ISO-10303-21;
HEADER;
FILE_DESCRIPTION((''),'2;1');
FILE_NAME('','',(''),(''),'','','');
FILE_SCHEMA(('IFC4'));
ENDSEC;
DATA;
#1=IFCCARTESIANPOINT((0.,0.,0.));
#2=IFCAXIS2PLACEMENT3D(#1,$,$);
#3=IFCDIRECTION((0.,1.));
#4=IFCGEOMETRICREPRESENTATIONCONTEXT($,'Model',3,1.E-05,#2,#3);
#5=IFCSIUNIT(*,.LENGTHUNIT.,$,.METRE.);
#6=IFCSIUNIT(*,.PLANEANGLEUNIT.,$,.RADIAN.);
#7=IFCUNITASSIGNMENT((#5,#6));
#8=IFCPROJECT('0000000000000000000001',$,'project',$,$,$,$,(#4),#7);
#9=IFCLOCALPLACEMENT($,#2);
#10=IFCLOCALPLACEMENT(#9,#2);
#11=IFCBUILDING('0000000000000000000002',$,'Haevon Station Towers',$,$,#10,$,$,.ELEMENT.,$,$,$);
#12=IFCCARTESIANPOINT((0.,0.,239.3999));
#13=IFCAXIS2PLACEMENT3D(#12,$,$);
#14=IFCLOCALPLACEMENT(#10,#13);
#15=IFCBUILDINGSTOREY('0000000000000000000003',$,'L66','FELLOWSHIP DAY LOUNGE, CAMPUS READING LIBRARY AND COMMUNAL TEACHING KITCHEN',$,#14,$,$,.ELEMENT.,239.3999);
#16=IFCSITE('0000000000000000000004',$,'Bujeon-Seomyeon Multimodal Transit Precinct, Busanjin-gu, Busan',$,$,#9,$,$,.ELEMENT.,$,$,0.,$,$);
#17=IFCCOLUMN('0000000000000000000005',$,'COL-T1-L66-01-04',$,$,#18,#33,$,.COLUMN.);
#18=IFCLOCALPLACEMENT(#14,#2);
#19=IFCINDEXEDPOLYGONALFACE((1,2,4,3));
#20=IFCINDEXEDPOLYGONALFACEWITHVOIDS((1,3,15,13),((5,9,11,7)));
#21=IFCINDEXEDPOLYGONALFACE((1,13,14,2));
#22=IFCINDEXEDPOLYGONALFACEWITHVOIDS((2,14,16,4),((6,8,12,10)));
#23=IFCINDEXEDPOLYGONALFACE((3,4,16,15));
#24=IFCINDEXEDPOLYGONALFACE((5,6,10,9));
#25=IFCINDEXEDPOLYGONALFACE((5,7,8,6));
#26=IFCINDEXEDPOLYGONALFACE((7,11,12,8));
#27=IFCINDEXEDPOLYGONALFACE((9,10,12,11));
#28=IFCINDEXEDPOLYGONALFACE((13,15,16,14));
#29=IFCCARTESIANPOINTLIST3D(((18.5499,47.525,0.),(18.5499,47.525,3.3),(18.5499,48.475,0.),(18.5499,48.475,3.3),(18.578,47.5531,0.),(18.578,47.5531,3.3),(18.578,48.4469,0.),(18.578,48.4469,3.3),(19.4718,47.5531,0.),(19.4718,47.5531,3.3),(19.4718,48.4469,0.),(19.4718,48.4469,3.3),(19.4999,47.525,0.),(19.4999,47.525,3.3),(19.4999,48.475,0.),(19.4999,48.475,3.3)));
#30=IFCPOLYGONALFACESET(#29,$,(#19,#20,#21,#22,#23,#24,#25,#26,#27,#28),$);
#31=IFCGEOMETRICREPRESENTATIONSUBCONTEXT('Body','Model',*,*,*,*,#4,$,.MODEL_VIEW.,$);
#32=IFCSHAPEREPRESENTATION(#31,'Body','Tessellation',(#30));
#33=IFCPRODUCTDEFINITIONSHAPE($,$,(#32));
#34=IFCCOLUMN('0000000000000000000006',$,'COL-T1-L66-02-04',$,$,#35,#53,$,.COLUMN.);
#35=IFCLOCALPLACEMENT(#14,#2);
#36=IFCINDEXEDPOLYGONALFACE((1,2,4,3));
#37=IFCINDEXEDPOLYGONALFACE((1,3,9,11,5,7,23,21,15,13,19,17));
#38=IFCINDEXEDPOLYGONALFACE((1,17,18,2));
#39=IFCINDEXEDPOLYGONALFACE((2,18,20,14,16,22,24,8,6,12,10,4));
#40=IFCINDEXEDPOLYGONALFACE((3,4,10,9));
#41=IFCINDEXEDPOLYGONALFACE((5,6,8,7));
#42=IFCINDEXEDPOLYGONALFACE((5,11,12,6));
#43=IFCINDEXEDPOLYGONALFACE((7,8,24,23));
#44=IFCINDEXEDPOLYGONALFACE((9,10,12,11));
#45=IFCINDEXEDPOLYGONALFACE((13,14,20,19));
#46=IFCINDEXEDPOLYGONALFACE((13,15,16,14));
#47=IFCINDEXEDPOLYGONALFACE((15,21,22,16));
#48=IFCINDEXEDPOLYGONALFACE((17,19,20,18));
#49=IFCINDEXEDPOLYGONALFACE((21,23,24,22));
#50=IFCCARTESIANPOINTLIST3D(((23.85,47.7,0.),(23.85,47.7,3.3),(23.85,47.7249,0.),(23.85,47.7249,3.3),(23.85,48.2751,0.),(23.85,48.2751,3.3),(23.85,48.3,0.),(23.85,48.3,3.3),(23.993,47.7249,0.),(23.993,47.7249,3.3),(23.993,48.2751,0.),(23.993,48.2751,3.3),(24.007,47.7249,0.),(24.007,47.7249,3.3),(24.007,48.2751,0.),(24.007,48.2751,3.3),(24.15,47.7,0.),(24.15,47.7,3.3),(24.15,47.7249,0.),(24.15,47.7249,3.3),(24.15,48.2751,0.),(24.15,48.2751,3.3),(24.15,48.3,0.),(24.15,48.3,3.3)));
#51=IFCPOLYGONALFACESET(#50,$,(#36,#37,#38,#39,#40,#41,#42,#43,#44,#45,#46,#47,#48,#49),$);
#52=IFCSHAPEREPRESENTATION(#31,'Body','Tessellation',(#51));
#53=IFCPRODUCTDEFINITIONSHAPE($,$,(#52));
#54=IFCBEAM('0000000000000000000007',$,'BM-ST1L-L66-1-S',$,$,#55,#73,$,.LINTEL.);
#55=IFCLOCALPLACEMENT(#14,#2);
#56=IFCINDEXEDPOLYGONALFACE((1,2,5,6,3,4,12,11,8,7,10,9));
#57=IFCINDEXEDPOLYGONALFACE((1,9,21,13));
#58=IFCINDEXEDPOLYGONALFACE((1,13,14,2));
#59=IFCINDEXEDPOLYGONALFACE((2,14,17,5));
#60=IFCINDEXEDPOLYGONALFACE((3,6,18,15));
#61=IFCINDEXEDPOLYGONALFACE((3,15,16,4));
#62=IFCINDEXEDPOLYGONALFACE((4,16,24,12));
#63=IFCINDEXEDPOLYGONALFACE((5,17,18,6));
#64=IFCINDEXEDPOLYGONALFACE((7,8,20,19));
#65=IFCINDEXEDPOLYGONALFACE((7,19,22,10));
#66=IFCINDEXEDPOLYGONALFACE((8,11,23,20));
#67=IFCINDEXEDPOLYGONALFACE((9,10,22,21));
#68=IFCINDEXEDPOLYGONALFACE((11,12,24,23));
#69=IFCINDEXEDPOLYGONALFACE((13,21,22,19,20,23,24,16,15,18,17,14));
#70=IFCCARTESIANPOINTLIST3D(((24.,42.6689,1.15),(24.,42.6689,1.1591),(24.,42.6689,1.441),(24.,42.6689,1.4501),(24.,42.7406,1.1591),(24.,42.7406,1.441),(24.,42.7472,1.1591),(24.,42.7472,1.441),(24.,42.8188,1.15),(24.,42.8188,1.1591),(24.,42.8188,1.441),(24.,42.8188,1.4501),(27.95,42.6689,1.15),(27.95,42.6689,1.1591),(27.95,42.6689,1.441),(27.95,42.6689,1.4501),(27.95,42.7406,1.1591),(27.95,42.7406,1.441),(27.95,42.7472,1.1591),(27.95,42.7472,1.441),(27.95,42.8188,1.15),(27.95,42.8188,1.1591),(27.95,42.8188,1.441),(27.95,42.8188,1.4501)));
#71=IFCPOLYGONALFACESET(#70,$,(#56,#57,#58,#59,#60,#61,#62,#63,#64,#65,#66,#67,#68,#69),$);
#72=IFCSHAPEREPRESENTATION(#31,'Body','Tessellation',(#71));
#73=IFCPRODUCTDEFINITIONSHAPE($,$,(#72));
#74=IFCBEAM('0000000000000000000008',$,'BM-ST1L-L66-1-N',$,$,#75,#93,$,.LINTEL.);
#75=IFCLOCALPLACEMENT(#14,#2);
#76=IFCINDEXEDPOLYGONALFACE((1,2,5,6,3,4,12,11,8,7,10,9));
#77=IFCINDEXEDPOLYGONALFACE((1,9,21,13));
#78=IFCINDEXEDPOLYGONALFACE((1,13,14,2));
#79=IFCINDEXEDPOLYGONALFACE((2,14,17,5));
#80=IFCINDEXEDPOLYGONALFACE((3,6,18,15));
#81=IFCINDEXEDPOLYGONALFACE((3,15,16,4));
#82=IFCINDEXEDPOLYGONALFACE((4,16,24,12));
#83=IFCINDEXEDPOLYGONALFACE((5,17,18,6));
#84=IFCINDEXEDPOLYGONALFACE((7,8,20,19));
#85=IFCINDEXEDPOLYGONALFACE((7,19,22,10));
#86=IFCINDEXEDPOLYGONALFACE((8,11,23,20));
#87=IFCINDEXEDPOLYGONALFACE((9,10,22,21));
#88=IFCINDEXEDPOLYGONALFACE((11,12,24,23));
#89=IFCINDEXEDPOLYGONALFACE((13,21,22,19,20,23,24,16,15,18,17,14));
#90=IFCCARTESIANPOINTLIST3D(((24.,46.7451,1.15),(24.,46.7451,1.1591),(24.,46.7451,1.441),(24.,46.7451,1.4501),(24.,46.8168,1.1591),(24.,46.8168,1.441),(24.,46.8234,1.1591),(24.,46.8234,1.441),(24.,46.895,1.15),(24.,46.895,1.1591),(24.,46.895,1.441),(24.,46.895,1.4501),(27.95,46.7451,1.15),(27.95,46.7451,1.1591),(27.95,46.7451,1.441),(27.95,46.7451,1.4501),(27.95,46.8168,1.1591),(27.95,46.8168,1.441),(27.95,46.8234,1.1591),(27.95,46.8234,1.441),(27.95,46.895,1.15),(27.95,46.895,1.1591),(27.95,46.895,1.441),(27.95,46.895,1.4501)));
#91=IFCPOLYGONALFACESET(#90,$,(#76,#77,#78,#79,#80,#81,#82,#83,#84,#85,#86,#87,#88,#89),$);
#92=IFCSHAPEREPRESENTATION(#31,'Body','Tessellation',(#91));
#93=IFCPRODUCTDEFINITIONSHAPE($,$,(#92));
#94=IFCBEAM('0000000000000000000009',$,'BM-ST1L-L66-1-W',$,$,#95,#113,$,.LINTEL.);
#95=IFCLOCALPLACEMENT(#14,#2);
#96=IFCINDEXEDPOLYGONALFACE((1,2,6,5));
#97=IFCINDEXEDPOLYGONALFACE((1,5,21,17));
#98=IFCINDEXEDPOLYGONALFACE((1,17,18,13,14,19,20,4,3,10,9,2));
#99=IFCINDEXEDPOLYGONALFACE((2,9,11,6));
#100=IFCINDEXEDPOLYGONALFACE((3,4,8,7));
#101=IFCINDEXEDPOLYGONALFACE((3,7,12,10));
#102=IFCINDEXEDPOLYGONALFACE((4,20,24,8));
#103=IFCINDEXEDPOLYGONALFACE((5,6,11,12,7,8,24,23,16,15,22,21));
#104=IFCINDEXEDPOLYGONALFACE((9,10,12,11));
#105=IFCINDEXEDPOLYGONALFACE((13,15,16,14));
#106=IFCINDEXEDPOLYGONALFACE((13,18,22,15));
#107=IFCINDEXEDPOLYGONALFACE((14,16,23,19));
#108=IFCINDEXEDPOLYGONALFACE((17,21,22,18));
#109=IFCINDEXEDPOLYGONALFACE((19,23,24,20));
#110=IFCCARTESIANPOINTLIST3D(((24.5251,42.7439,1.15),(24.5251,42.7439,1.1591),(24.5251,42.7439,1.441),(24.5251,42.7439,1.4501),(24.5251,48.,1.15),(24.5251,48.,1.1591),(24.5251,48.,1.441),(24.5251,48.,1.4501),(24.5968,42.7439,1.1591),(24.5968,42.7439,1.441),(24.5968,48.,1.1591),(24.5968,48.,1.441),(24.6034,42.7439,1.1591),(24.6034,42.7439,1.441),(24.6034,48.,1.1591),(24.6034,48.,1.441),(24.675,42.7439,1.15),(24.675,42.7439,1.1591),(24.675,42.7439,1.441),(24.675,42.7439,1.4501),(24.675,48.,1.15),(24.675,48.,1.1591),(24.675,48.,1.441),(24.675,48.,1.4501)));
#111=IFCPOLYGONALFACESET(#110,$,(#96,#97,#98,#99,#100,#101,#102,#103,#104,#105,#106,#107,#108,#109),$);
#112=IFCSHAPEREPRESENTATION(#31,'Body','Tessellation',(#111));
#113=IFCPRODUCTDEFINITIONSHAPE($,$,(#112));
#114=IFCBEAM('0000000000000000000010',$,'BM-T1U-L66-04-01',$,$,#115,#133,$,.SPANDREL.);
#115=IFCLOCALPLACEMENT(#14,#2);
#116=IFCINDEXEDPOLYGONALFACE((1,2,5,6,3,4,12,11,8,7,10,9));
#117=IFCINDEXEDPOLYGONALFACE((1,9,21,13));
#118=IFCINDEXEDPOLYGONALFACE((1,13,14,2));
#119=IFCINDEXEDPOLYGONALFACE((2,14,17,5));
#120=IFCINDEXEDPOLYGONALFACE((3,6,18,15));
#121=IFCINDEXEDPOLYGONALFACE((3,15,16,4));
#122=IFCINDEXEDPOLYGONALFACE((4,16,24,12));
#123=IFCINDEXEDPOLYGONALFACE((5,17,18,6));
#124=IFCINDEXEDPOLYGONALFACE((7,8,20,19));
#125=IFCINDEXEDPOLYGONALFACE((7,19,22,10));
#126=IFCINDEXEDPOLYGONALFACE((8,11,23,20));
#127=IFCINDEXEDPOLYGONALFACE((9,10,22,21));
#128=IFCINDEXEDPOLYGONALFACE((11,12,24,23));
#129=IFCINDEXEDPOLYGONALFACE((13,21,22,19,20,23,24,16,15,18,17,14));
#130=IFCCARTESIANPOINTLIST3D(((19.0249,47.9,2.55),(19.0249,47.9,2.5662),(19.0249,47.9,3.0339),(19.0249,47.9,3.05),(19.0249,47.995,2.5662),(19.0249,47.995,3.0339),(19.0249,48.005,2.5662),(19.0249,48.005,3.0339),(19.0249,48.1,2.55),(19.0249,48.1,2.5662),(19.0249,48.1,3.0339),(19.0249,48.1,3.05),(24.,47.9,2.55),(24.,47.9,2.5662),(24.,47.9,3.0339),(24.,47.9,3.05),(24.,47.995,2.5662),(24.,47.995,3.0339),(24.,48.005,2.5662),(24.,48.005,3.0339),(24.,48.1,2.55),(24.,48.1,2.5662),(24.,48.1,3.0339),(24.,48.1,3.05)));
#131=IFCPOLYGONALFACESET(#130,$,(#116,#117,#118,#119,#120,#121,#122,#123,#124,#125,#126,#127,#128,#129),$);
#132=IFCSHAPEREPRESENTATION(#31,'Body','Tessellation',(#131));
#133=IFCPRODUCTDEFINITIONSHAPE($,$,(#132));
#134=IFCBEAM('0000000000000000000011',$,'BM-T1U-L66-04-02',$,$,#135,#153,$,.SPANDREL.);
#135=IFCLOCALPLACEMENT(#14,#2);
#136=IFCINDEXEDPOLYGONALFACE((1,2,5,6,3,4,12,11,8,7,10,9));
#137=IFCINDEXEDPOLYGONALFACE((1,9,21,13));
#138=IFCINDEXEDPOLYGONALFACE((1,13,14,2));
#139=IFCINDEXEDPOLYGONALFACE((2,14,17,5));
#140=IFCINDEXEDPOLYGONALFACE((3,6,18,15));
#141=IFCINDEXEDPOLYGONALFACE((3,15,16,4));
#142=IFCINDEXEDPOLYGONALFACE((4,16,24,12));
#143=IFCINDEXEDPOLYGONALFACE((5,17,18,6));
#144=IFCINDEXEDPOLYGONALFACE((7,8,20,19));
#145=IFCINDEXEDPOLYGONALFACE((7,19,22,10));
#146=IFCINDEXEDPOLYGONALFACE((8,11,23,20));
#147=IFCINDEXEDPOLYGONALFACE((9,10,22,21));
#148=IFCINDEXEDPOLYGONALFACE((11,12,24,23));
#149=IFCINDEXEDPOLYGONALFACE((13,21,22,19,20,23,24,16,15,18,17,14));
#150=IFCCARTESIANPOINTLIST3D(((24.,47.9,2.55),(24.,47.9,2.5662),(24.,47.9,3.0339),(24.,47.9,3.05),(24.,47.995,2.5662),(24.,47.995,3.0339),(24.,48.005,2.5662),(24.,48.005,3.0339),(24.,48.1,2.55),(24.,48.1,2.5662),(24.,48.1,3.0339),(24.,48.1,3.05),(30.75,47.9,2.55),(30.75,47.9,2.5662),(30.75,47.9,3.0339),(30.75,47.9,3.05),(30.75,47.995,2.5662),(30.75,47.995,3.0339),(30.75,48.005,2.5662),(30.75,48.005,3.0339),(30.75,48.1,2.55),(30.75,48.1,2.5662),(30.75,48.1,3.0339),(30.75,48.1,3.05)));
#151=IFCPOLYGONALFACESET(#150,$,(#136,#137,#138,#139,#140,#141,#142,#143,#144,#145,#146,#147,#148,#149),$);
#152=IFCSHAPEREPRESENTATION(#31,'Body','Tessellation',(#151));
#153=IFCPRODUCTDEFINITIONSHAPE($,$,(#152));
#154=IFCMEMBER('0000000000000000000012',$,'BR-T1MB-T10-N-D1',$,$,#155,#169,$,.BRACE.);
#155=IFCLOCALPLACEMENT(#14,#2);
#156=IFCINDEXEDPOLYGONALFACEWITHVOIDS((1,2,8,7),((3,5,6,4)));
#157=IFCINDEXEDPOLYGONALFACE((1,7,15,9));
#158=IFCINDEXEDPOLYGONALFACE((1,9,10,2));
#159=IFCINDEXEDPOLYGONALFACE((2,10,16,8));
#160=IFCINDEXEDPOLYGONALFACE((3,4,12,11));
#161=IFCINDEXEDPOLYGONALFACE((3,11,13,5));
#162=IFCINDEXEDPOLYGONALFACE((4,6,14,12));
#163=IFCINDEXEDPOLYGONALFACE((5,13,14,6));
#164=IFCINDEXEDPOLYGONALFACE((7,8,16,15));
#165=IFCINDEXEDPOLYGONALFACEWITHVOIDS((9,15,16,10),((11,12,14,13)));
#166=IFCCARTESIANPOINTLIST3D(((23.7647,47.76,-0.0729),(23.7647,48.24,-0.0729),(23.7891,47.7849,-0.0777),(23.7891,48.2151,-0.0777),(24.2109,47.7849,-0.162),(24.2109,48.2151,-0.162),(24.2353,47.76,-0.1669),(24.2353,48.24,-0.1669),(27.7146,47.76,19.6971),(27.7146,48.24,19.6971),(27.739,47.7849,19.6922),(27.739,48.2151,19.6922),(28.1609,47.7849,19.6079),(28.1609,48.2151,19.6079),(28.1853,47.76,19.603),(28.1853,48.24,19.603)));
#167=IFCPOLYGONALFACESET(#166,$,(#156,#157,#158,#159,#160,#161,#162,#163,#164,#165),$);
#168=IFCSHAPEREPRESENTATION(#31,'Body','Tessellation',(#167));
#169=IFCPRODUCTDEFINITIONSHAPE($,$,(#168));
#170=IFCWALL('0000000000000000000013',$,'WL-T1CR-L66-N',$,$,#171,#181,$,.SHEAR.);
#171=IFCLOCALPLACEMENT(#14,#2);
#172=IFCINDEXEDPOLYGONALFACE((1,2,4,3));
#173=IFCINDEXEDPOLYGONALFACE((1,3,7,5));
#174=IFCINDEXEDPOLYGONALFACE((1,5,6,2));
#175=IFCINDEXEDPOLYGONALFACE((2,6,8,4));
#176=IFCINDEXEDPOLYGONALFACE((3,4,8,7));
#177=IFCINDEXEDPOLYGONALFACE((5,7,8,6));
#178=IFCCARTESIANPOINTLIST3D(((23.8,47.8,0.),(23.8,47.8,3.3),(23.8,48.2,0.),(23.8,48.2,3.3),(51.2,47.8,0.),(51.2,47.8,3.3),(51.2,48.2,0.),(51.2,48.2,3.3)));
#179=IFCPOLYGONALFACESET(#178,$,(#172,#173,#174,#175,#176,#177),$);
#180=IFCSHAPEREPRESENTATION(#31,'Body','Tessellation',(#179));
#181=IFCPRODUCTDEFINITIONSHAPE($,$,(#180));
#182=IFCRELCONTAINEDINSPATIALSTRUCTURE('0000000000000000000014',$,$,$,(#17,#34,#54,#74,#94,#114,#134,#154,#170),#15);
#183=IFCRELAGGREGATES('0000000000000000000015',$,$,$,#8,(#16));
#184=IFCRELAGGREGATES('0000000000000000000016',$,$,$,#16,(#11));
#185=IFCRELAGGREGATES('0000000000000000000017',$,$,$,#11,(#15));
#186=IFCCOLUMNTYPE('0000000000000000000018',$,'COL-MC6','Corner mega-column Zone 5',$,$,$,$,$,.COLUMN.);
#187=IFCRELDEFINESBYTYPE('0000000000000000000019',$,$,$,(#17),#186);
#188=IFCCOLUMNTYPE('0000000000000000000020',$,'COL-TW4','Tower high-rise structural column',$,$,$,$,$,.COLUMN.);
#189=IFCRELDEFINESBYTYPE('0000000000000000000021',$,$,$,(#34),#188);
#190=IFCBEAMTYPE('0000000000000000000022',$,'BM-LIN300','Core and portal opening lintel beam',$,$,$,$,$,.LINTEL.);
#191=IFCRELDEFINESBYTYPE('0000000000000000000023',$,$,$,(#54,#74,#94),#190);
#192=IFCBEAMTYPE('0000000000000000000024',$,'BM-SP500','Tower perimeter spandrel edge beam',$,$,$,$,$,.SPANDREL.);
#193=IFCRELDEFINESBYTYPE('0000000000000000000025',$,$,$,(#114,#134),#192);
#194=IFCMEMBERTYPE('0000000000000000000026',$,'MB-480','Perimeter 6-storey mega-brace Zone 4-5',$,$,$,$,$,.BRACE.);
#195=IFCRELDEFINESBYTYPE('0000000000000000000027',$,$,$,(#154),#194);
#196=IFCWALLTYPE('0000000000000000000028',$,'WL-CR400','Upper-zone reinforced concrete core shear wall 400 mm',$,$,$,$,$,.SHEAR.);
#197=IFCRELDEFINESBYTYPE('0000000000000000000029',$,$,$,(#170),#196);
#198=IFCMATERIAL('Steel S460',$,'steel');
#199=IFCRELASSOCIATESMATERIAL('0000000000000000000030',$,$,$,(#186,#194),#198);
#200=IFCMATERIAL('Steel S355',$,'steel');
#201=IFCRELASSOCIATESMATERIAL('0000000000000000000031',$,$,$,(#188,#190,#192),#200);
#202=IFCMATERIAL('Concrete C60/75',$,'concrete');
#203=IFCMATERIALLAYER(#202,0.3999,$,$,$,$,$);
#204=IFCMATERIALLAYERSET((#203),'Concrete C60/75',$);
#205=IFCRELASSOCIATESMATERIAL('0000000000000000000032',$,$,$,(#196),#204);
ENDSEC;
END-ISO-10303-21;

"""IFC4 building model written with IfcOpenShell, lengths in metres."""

from ifc_helpers import new_model, si_unit, direction, frame, frame_2d, origin, origin_2d, place, context, subcontext, project, spatial, rectangle, hollow_rectangle, i_section, extrude, material, layer, layer_set, material_profile, profile_set, type_object, element, save


model = new_model("IFC4")

# Units and contexts
model_context = context("Model", 3, precision=1e-05, world=origin(), true_north=direction((0.0, 1.0)))
body_context = subcontext(model_context, "Body", "Model", "MODEL_VIEW")
ifc_project = project(units=[si_unit("LENGTHUNIT", "METRE"), si_unit("PLANEANGLEUNIT", "RADIAN")], contexts=[model_context])

# Site, building, storey
site_placement = place(None, origin())
site = spatial("IfcSite", under=ifc_project, at=site_placement, Name="Bujeon-Seomyeon Multimodal Transit Precinct, Busanjin-gu, Busan", CompositionType="ELEMENT", RefElevation=0.0)
building_placement = place(site_placement, origin())
building = spatial("IfcBuilding", under=site, at=building_placement, Name="Haevon Station Towers", CompositionType="ELEMENT")
storey_placement = place(building_placement, frame((0.0, 0.0, 239.3999)))
storey = spatial("IfcBuildingStorey", under=building, at=storey_placement, Name="L66", Description="FELLOWSHIP DAY LOUNGE, CAMPUS READING LIBRARY AND COMMUNAL TEACHING KITCHEN", CompositionType="ELEMENT", Elevation=239.3999)

# Columns
ifc_material_1 = material(Name="Steel S460", Category="steel")
ifc_material_profile_1 = material_profile(ifc_material_1, hollow_rectangle(XDim=0.95, YDim=0.95, WallThickness=0.0281, at=origin_2d()), Name="BOX-950x950x28")
ifc_profile_set_1 = profile_set([ifc_material_profile_1], Name="Steel S460")
column_type_1 = type_object("IfcColumnType", Name="COL-MC6", Description="Corner mega-column Zone 5", PredefinedType="COLUMN", material=ifc_profile_set_1)
column_1_placement = place(storey_placement, frame((19.0249, 48.0, 0.0), z_axis=(0.0, 0.0, 1.0), x_axis=(1.0, 0.0, 0.0)))
element("IfcColumn", 1, at=column_1_placement, inside=storey, type_object=column_type_1, Name="COL-T1-L66-01-04", PredefinedType="COLUMN", context=body_context, shape_type="SweptSolid", body=[
    extrude(hollow_rectangle(XDim=0.95, YDim=0.95, WallThickness=0.0281, at=origin_2d()), origin(), (0.0, 0.0, 1.0), 3.3),
])
ifc_material_2 = material(Name="Steel S355", Category="steel")
ifc_material_profile_2 = material_profile(ifc_material_2, i_section(OverallWidth=0.3, OverallDepth=0.6001, WebThickness=0.0139, FlangeThickness=0.0249, at=origin_2d()), Name="H-600x300x14x25")
ifc_profile_set_2 = profile_set([ifc_material_profile_2], Name="Steel S355")
column_type_2 = type_object("IfcColumnType", Name="COL-TW4", Description="Tower high-rise structural column", PredefinedType="COLUMN", material=ifc_profile_set_2)
column_2_placement = place(storey_placement, frame((24.0, 48.0, 0.0), z_axis=(0.0, 0.0, 1.0), x_axis=(1.0, 0.0, 0.0)))
element("IfcColumn", 2, at=column_2_placement, inside=storey, type_object=column_type_2, Name="COL-T1-L66-02-04", PredefinedType="COLUMN", context=body_context, shape_type="SweptSolid", body=[
    extrude(i_section(OverallWidth=0.3, OverallDepth=0.6001, WebThickness=0.0139, FlangeThickness=0.0249, at=origin_2d()), origin(), (0.0, 0.0, 1.0), 3.3),
])

# Beams
ifc_material_profile_3 = material_profile(ifc_material_2, i_section(OverallWidth=0.1499, OverallDepth=0.3, WebThickness=0.0066, FlangeThickness=0.009, at=origin_2d()), Name="H-300x150x6.5x9")
ifc_profile_set_3 = profile_set([ifc_material_profile_3], Name="Steel S355")
beam_type_1 = type_object("IfcBeamType", Name="BM-LIN300", Description="Core and portal opening lintel beam", PredefinedType="LINTEL", material=ifc_profile_set_3)
for number, where, z_axis, x_axis, name in (
    (3, (24.0, 42.7439, 1.3), (1.0, 0.0, 0.0), (0.0, 1.0, 0.0), "BM-ST1L-L66-1-S"),
    (4, (24.0, 46.8201, 1.3), (1.0, 0.0, 0.0), (0.0, 1.0, 0.0), "BM-ST1L-L66-1-N"),
):
    element("IfcBeam", number, at=place(storey_placement, frame(where, z_axis=z_axis, x_axis=x_axis)), inside=storey, type_object=beam_type_1, Name=name, PredefinedType="LINTEL", context=body_context, shape_type="SweptSolid", body=[
        extrude(i_section(OverallWidth=0.1499, OverallDepth=0.3, WebThickness=0.0066, FlangeThickness=0.009, at=origin_2d()), origin(), (0.0, 0.0, 1.0), 3.95),
    ])
beam_1_placement = place(storey_placement, frame((24.6001, 42.7439, 1.3), z_axis=(0.0, 1.0, 0.0), x_axis=(-1.0, 0.0, 0.0)))
element("IfcBeam", 5, at=beam_1_placement, inside=storey, type_object=beam_type_1, Name="BM-ST1L-L66-1-W", PredefinedType="LINTEL", context=body_context, shape_type="SweptSolid", body=[
    extrude(i_section(OverallWidth=0.1499, OverallDepth=0.3, WebThickness=0.0066, FlangeThickness=0.009, at=origin_2d()), origin(), (0.0, 0.0, 1.0), 5.2561),
])
ifc_material_profile_4 = material_profile(ifc_material_2, i_section(OverallWidth=0.2, OverallDepth=0.5, WebThickness=0.01, FlangeThickness=0.0161, at=origin_2d()), Name="H-500x200x10x16")
ifc_profile_set_4 = profile_set([ifc_material_profile_4], Name="Steel S355")
beam_type_2 = type_object("IfcBeamType", Name="BM-SP500", Description="Tower perimeter spandrel edge beam", PredefinedType="SPANDREL", material=ifc_profile_set_4)
beam_2_placement = place(storey_placement, frame((19.0249, 48.0, 2.8), z_axis=(1.0, 0.0, 0.0), x_axis=(0.0, 1.0, 0.0)))
element("IfcBeam", 6, at=beam_2_placement, inside=storey, type_object=beam_type_2, Name="BM-T1U-L66-04-01", PredefinedType="SPANDREL", context=body_context, shape_type="SweptSolid", body=[
    extrude(i_section(OverallWidth=0.2, OverallDepth=0.5, WebThickness=0.01, FlangeThickness=0.0161, at=origin_2d()), origin(), (0.0, 0.0, 1.0), 4.9751),
])
beam_3_placement = place(storey_placement, frame((24.0, 48.0, 2.8), z_axis=(1.0, 0.0, 0.0), x_axis=(0.0, 1.0, 0.0)))
element("IfcBeam", 7, at=beam_3_placement, inside=storey, type_object=beam_type_2, Name="BM-T1U-L66-04-02", PredefinedType="SPANDREL", context=body_context, shape_type="SweptSolid", body=[
    extrude(i_section(OverallWidth=0.2, OverallDepth=0.5, WebThickness=0.01, FlangeThickness=0.0161, at=origin_2d()), origin(), (0.0, 0.0, 1.0), 6.75),
])

# Member
ifc_material_profile_5 = material_profile(ifc_material_1, hollow_rectangle(XDim=0.48, YDim=0.48, WallThickness=0.0249, at=origin_2d()), Name="RHS-480x480x25")
ifc_profile_set_5 = profile_set([ifc_material_profile_5], Name="Steel S460")
member_type = type_object("IfcMemberType", Name="MB-480", Description="Perimeter 6-storey mega-brace Zone 4-5", PredefinedType="BRACE", material=ifc_profile_set_5)
member_placement = place(storey_placement, frame((24.0, 48.0, -0.1199), z_axis=(0.195923, 0.0, 0.980619), x_axis=(0.0, 1.0, 0.0)))
element("IfcMember", 8, at=member_placement, inside=storey, type_object=member_type, Name="BR-T1MB-T10-N-D1", PredefinedType="BRACE", context=body_context, shape_type="SweptSolid", body=[
    extrude(hollow_rectangle(XDim=0.48, YDim=0.48, WallThickness=0.0249, at=origin_2d()), origin(), (0.0, 0.0, 1.0), 20.1606),
])

# Wall
ifc_material_3 = material(Name="Concrete C60/75", Category="concrete")
ifc_layer_1 = layer(ifc_material_3, 0.3999)
ifc_layer_set_1 = layer_set([ifc_layer_1], Name="Concrete C60/75")
wall_type_1 = type_object("IfcWallType", Name="WL-CR400", Description="Upper-zone reinforced concrete core shear wall 400 mm", PredefinedType="SHEAR", material=ifc_layer_set_1)
wall_1_placement = place(storey_placement, frame((23.8, 48.0, 0.0), z_axis=(0.0, 0.0, 1.0), x_axis=(1.0, 0.0, 0.0)))
element("IfcWall", 9, at=wall_1_placement, inside=storey, type_object=wall_type_1, Name="WL-T1CR-L66-N", PredefinedType="SHEAR", context=body_context, shape_type="SweptSolid", body=[
    extrude(rectangle(XDim=27.3999, YDim=0.3999, at=frame_2d((13.7, 0.0))), origin(), (0.0, 0.0, 1.0), 3.3),
])

save(model, "model.ifc")
